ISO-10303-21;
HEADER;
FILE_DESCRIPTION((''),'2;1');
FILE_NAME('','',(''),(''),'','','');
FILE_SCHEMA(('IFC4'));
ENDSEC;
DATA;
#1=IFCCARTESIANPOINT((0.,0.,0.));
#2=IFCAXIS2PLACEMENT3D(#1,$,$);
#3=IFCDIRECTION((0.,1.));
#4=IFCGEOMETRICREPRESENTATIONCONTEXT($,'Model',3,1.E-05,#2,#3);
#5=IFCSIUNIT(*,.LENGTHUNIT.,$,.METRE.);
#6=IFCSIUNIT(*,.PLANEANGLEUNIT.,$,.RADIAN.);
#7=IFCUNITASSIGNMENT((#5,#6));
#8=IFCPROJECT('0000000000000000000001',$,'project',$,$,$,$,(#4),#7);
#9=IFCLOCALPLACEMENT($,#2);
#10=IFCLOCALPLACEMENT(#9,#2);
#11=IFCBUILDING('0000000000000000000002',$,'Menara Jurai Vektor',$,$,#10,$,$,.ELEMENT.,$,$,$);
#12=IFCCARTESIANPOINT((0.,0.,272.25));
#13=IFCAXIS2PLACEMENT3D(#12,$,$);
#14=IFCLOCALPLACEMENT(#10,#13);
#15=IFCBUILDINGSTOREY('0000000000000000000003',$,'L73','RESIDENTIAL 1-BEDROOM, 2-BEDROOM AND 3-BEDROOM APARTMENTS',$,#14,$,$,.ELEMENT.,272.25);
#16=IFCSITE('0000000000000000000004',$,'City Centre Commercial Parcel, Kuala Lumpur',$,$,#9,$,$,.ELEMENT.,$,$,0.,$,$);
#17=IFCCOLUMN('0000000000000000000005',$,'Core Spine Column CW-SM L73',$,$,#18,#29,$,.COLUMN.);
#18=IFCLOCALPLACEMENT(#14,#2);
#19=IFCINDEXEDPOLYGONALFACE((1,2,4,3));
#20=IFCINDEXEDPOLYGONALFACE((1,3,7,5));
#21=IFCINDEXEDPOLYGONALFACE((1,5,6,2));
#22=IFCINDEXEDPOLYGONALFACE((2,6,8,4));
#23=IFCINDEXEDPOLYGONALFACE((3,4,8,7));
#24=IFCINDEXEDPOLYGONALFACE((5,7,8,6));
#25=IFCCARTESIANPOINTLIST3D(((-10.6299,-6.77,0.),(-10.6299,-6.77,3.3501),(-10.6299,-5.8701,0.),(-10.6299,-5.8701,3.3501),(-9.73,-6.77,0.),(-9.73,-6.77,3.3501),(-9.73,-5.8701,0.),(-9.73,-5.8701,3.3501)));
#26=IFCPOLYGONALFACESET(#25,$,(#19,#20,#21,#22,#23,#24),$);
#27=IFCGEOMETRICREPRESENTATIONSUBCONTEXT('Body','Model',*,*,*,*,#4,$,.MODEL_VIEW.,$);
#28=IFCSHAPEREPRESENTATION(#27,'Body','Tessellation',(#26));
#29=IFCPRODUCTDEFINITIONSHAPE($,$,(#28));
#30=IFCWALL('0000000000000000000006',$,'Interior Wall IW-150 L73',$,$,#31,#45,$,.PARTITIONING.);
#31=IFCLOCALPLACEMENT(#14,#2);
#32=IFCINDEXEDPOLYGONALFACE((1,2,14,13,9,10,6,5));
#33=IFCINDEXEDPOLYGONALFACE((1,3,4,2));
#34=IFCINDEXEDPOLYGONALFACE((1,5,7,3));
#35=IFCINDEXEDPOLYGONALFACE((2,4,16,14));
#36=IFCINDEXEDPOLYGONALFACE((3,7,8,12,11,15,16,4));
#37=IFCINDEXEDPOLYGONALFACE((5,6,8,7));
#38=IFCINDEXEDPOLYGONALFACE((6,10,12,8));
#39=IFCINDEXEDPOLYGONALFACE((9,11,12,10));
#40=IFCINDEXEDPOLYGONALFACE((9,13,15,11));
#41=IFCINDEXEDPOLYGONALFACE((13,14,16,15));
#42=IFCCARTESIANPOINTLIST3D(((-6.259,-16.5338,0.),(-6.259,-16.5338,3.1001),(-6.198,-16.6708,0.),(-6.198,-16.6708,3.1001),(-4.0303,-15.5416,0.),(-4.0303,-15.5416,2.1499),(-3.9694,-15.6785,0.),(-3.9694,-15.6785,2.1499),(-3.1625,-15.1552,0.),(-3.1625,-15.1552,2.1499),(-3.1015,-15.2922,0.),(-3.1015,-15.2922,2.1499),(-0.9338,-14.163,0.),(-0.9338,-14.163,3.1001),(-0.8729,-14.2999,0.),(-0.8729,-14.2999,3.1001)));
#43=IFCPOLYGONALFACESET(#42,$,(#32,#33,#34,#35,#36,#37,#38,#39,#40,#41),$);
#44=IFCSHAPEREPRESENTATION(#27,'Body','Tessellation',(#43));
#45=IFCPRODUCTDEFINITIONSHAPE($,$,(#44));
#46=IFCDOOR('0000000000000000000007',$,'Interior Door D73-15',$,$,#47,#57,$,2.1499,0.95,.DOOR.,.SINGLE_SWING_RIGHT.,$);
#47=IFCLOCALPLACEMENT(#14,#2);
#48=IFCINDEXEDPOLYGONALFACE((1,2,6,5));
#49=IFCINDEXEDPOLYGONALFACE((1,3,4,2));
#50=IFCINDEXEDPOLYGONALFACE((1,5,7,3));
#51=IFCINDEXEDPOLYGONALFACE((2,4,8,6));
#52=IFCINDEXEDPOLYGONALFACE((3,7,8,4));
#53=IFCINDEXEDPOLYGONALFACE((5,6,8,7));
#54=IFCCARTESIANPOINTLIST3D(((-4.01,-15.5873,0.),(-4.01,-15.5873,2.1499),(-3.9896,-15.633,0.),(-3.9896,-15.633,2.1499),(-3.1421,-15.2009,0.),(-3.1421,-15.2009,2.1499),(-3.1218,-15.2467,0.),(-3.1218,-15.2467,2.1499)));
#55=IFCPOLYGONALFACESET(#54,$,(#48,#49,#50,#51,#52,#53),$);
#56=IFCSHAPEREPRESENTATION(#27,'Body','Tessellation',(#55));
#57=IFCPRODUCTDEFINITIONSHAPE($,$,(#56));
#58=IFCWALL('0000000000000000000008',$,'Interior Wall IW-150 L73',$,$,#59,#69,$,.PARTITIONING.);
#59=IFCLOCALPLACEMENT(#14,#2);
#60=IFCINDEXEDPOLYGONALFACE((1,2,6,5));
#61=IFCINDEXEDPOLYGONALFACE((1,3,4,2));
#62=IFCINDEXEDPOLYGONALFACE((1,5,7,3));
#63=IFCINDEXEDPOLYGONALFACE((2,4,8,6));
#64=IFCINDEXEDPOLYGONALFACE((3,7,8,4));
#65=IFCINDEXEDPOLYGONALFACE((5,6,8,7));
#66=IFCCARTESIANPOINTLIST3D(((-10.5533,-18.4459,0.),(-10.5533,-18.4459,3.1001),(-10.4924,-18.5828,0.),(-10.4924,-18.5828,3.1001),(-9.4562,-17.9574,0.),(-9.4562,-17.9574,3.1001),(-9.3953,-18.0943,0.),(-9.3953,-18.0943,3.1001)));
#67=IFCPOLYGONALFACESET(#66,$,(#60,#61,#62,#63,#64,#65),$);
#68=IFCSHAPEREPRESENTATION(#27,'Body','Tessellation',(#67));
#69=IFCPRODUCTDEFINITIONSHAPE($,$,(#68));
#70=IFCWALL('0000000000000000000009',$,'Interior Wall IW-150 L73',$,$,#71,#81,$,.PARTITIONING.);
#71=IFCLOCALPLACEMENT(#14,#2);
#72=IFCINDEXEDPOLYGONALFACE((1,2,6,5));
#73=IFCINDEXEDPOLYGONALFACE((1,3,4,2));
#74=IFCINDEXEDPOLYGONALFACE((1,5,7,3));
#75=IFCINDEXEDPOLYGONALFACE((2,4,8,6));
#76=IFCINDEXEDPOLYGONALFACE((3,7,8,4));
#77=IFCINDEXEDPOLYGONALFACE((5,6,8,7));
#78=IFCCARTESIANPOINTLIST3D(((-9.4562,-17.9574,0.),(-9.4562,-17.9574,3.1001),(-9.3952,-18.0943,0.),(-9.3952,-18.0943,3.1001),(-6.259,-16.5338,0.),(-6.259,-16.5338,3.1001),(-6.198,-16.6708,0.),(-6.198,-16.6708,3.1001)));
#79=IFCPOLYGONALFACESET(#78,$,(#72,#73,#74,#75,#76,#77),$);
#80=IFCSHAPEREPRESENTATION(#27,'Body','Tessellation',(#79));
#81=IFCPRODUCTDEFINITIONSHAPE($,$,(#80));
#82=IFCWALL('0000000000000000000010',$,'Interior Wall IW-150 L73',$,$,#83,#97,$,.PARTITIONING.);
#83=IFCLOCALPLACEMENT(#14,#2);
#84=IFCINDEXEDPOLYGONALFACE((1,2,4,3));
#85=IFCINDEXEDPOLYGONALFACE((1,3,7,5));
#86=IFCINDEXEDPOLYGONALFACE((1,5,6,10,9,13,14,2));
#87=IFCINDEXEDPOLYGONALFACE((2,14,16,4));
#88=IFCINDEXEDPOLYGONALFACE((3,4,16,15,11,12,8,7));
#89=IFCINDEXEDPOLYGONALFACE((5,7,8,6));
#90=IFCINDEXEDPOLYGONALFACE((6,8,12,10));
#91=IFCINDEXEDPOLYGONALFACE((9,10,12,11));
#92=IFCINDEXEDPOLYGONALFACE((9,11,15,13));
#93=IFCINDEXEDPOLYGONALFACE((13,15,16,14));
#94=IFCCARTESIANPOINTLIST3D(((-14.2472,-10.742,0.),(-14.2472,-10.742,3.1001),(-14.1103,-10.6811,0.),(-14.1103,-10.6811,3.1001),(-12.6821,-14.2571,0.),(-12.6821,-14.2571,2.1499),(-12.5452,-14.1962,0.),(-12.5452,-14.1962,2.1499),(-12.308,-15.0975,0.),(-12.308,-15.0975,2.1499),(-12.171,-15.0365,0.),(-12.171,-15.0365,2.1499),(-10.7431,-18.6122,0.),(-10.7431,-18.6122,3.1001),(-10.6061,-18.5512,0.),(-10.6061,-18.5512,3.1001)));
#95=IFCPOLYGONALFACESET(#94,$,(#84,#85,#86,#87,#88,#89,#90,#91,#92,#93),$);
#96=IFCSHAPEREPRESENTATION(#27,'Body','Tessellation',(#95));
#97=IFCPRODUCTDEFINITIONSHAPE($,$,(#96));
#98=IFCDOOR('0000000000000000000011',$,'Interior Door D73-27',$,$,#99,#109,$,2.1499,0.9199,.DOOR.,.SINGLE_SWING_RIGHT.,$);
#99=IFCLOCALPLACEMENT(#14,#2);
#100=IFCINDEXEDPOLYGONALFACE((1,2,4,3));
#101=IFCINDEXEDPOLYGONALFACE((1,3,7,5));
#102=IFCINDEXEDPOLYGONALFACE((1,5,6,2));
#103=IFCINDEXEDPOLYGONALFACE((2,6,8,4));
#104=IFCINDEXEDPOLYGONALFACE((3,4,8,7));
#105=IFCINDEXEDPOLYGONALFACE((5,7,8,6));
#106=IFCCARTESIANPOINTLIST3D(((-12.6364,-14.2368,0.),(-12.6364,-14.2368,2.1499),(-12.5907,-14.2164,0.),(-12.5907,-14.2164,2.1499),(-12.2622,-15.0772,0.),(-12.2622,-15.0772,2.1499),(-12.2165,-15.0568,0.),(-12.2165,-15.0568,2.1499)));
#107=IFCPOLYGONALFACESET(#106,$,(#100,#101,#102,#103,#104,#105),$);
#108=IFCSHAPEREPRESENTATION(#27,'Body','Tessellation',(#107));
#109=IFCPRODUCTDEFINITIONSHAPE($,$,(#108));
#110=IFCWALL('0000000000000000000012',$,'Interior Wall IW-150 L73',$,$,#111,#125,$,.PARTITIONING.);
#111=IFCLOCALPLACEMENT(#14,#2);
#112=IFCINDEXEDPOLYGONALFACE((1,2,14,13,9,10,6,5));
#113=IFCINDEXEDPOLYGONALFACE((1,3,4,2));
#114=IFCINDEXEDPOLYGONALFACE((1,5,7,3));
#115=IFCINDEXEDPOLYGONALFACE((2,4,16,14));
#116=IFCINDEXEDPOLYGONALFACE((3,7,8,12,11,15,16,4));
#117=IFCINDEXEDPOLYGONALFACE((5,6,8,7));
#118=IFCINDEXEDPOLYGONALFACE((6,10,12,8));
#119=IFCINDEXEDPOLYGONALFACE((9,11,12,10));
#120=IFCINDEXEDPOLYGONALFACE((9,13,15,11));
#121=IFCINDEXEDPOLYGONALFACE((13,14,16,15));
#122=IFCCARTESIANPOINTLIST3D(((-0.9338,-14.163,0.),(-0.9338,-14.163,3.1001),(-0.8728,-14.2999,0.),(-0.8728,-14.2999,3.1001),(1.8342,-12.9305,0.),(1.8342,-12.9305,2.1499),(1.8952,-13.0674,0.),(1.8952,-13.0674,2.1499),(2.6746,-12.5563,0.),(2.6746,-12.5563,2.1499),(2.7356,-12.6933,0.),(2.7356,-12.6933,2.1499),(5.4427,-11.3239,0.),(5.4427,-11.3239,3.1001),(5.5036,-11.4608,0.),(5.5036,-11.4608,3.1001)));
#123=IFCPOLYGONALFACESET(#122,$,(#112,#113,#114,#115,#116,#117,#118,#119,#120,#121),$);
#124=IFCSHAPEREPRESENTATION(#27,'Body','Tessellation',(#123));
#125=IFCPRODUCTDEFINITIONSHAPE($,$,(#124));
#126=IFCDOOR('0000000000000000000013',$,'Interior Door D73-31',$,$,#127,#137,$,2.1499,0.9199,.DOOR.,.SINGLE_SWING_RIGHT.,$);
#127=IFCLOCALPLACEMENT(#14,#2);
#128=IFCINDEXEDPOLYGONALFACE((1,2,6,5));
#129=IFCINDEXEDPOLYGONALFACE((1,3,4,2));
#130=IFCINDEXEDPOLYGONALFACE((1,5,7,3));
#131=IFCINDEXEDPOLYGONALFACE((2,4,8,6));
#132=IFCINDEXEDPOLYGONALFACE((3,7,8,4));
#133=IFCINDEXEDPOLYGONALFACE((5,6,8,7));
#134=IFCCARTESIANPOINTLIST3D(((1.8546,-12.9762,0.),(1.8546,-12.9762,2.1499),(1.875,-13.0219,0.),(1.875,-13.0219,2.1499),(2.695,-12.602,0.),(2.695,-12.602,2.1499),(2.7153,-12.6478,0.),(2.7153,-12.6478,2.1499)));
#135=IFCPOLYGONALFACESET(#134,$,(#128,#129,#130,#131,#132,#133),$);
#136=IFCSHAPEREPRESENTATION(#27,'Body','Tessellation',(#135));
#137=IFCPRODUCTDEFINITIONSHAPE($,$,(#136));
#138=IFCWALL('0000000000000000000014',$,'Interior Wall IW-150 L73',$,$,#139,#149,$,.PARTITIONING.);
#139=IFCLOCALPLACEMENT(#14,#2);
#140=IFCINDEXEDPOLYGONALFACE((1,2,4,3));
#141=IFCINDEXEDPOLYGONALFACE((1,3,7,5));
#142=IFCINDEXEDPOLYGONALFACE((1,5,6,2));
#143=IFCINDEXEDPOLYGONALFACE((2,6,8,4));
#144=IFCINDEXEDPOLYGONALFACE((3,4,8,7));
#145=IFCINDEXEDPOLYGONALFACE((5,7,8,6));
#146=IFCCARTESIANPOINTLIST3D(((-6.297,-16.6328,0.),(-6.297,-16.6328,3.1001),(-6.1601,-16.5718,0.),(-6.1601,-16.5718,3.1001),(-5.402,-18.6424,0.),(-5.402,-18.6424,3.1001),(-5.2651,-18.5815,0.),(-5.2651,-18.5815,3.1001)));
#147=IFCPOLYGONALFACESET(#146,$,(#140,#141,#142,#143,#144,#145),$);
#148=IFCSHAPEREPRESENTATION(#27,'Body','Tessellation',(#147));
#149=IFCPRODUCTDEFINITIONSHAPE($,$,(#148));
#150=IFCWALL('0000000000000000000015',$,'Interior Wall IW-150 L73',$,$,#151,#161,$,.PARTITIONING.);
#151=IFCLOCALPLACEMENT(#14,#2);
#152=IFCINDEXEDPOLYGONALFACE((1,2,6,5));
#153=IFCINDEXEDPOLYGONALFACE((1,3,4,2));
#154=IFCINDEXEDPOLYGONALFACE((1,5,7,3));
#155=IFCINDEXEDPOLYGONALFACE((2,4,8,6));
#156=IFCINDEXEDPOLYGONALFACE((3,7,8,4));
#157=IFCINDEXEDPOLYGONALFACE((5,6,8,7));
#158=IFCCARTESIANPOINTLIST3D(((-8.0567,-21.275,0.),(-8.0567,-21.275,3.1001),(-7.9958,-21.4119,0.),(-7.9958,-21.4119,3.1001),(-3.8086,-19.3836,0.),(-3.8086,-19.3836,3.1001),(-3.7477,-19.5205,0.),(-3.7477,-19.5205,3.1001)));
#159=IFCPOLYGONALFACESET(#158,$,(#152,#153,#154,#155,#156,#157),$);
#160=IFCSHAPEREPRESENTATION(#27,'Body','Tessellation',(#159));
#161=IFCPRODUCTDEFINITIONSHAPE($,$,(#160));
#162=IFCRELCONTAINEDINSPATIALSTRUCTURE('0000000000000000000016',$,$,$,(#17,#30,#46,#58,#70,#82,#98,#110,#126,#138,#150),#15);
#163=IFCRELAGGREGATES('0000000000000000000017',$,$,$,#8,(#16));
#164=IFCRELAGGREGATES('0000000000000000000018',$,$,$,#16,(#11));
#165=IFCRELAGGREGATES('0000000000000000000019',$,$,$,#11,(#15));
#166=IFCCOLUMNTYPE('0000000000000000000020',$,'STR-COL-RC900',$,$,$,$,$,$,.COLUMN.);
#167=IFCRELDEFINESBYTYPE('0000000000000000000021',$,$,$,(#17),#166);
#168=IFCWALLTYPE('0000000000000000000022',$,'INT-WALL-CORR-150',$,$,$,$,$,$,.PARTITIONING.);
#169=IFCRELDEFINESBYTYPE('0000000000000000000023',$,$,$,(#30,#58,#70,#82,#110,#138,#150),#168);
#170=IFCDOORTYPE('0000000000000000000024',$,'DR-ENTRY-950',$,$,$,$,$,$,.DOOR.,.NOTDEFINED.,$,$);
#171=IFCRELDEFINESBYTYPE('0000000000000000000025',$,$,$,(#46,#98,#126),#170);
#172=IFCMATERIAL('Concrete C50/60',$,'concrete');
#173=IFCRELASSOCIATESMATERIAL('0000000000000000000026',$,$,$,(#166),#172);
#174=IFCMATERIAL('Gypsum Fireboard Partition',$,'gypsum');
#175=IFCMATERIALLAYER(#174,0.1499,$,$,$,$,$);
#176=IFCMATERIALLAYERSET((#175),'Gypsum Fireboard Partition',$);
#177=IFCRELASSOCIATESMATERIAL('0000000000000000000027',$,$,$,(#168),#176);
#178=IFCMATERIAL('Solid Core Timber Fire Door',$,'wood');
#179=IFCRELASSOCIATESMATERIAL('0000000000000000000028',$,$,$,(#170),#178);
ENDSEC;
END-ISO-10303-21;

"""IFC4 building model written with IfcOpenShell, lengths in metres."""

from ifc_helpers import new_model, si_unit, direction, frame, frame_2d, origin, origin_2d, place, context, subcontext, project, spatial, rectangle, extrude, material, layer, layer_set, material_profile, profile_set, type_object, element, fill, save


model = new_model("IFC4")

# Units and contexts
model_context = context("Model", 3, precision=1e-05, world=origin(), true_north=direction((0.0, 1.0)))
body_context = subcontext(model_context, "Body", "Model", "MODEL_VIEW")
ifc_project = project(units=[si_unit("LENGTHUNIT", "METRE"), si_unit("PLANEANGLEUNIT", "RADIAN")], contexts=[model_context])

# Site, building, storey
site_placement = place(None, origin())
site = spatial("IfcSite", under=ifc_project, at=site_placement, Name="City Centre Commercial Parcel, Kuala Lumpur", CompositionType="ELEMENT", RefElevation=0.0)
building_placement = place(site_placement, origin())
building = spatial("IfcBuilding", under=site, at=building_placement, Name="Menara Jurai Vektor", CompositionType="ELEMENT")
storey_placement = place(building_placement, frame((0.0, 0.0, 272.25)))
storey = spatial("IfcBuildingStorey", under=building, at=storey_placement, Name="L73", Description="RESIDENTIAL 1-BEDROOM, 2-BEDROOM AND 3-BEDROOM APARTMENTS", CompositionType="ELEMENT", Elevation=272.25)

# Column
ifc_material_1 = material(Name="Concrete C50/60", Category="concrete")
ifc_material_profile = material_profile(ifc_material_1, rectangle(XDim=0.8999, YDim=0.8999, at=origin_2d()), Name="RC 900x900")
ifc_profile_set = profile_set([ifc_material_profile], Name="Concrete C50/60")
column_type = type_object("IfcColumnType", Name="STR-COL-RC900", PredefinedType="COLUMN", material=ifc_profile_set)
column_placement = place(storey_placement, frame((-10.1799, -6.3201, 0.0), z_axis=(0.0, 0.0, 1.0), x_axis=(1.0, 0.0, 0.0)))
element("IfcColumn", 1, at=column_placement, inside=storey, type_object=column_type, Name="Core Spine Column CW-SM L73", PredefinedType="COLUMN", context=body_context, shape_type="SweptSolid", body=[
    extrude(rectangle(XDim=0.8999, YDim=0.8999, at=origin_2d()), origin(), (0.0, 0.0, 1.0), 3.3501),
])

# Wall, opening, door
ifc_material_2 = material(Name="Gypsum Fireboard Partition", Category="gypsum")
ifc_layer_1 = layer(ifc_material_2, 0.1499)
ifc_layer_set_1 = layer_set([ifc_layer_1], Name="Gypsum Fireboard Partition")
wall_type_1 = type_object("IfcWallType", Name="INT-WALL-CORR-150", PredefinedType="PARTITIONING", material=ifc_layer_set_1)
wall_1_placement = place(storey_placement, frame((-6.2285, -16.6023, 0.0), z_axis=(0.0, 0.0, 1.0), x_axis=(0.913551, 0.406725, 0.0)))
wall_1 = element("IfcWall", 2, at=wall_1_placement, inside=storey, type_object=wall_type_1, Name="Interior Wall IW-150 L73", PredefinedType="PARTITIONING", context=body_context, shape_type="SweptSolid", body=[
    extrude(rectangle(XDim=5.8291, YDim=0.1499, at=frame_2d((2.9146, 0.0))), origin(), (0.0, 0.0, 1.0), 3.1001),
])
opening_1_placement = place(wall_1_placement, frame((2.4395, 0.0, 0.0)))
opening_1 = element("IfcOpeningElement", 3, at=opening_1_placement, cuts=wall_1, PredefinedType="OPENING", context=body_context, shape_type="SweptSolid", body=[
    extrude(rectangle(XDim=0.95, YDim=2.1499, at=frame_2d((0.4751, 1.075))), frame((0.0, 0.085, 0.0), z_axis=(0.0, -1.0, 0.0), x_axis=(1.0, 0.0, 0.0)), (0.0, 0.0, 1.0), 0.1699),
])
ifc_material_3 = material(Name="Solid Core Timber Fire Door", Category="wood")
door_type_1 = type_object("IfcDoorType", Name="DR-ENTRY-950", OperationType="NOTDEFINED", PredefinedType="DOOR", material=ifc_material_3)
door_1_placement = place(opening_1_placement, origin())
door_1 = element("IfcDoor", 4, at=door_1_placement, inside=storey, type_object=door_type_1, Name="Interior Door D73-15", OperationType="SINGLE_SWING_RIGHT", OverallHeight=2.1499, OverallWidth=0.95, PredefinedType="DOOR", context=body_context, shape_type="SweptSolid", body=[
    extrude(rectangle(XDim=0.95, YDim=2.1499, at=frame_2d((0.4751, 1.075))), frame((0.0, 0.0249, 0.0), z_axis=(0.0, -1.0, 0.0), x_axis=(1.0, 0.0, 0.0)), (0.0, 0.0, 1.0), 0.05),
])
fill(opening_1, door_1)

# Walls
wall_2_placement = place(storey_placement, frame((-10.5229, -18.5144, 0.0), z_axis=(0.0, 0.0, 1.0), x_axis=(0.913535, 0.406761, 0.0)))
element("IfcWall", 5, at=wall_2_placement, inside=storey, type_object=wall_type_1, Name="Interior Wall IW-150 L73", PredefinedType="PARTITIONING", context=body_context, shape_type="SweptSolid", body=[
    extrude(rectangle(XDim=1.2009, YDim=0.1499, at=frame_2d((0.6006, 0.0))), origin(), (0.0, 0.0, 1.0), 3.1001),
])
wall_3_placement = place(storey_placement, frame((-9.4258, -18.0259, 0.0), z_axis=(0.0, 0.0, 1.0), x_axis=(0.913538, 0.406753, 0.0)))
element("IfcWall", 6, at=wall_3_placement, inside=storey, type_object=wall_type_1, Name="Interior Wall IW-150 L73", PredefinedType="PARTITIONING", context=body_context, shape_type="SweptSolid", body=[
    extrude(rectangle(XDim=3.4998, YDim=0.1499, at=frame_2d((1.75, 0.0))), origin(), (0.0, 0.0, 1.0), 3.1001),
])

# Walls, openings, doors
wall_4_placement = place(storey_placement, frame((-10.6746, -18.5818, 0.0), z_axis=(0.0, 0.0, 1.0), x_axis=(-0.406751, 0.913539, 0.0)))
wall_4 = element("IfcWall", 7, at=wall_4_placement, inside=storey, type_object=wall_type_1, Name="Interior Wall IW-150 L73", PredefinedType="PARTITIONING", context=body_context, shape_type="SweptSolid", body=[
    extrude(rectangle(XDim=8.615, YDim=0.1499, at=frame_2d((4.3076, 0.0))), origin(), (0.0, 0.0, 1.0), 3.1001),
])
opening_2_placement = place(wall_4_placement, frame((3.8474, 0.0, 0.0)))
opening_2 = element("IfcOpeningElement", 8, at=opening_2_placement, cuts=wall_4, PredefinedType="OPENING", context=body_context, shape_type="SweptSolid", body=[
    extrude(rectangle(XDim=0.9199, YDim=2.1499, at=frame_2d((0.46, 1.075))), frame((0.0, 0.085, 0.0), z_axis=(0.0, -1.0, 0.0), x_axis=(1.0, 0.0, 0.0)), (0.0, 0.0, 1.0), 0.1699),
])
door_2_placement = place(opening_2_placement, origin())
door_2 = element("IfcDoor", 9, at=door_2_placement, inside=storey, type_object=door_type_1, Name="Interior Door D73-27", OperationType="SINGLE_SWING_RIGHT", OverallHeight=2.1499, OverallWidth=0.9199, PredefinedType="DOOR", context=body_context, shape_type="SweptSolid", body=[
    extrude(rectangle(XDim=0.9199, YDim=2.1499, at=frame_2d((0.46, 1.075))), frame((0.0, 0.0249, 0.0), z_axis=(0.0, -1.0, 0.0), x_axis=(1.0, 0.0, 0.0)), (0.0, 0.0, 1.0), 0.05),
])
fill(opening_2, door_2)
wall_5_placement = place(storey_placement, frame((-0.9033, -14.2314, 0.0), z_axis=(0.0, 0.0, 1.0), x_axis=(0.913539, 0.406752, 0.0)))
wall_5 = element("IfcWall", 10, at=wall_5_placement, inside=storey, type_object=wall_type_1, Name="Interior Wall IW-150 L73", PredefinedType="PARTITIONING", context=body_context, shape_type="SweptSolid", body=[
    extrude(rectangle(XDim=6.98, YDim=0.1499, at=frame_2d((3.49, 0.0))), origin(), (0.0, 0.0, 1.0), 3.1001),
])
opening_3_placement = place(wall_5_placement, frame((3.03, 0.0, 0.0)))
opening_3 = element("IfcOpeningElement", 11, at=opening_3_placement, cuts=wall_5, PredefinedType="OPENING", context=body_context, shape_type="SweptSolid", body=[
    extrude(rectangle(XDim=0.9199, YDim=2.1499, at=frame_2d((0.46, 1.075))), frame((0.0, 0.085, 0.0), z_axis=(0.0, -1.0, 0.0), x_axis=(1.0, 0.0, 0.0)), (0.0, 0.0, 1.0), 0.1699),
])
door_3_placement = place(opening_3_placement, origin())
door_3 = element("IfcDoor", 12, at=door_3_placement, inside=storey, type_object=door_type_1, Name="Interior Door D73-31", OperationType="SINGLE_SWING_RIGHT", OverallHeight=2.1499, OverallWidth=0.9199, PredefinedType="DOOR", context=body_context, shape_type="SweptSolid", body=[
    extrude(rectangle(XDim=0.9199, YDim=2.1499, at=frame_2d((0.46, 1.075))), frame((0.0, 0.0249, 0.0), z_axis=(0.0, -1.0, 0.0), x_axis=(1.0, 0.0, 0.0)), (0.0, 0.0, 1.0), 0.05),
])
fill(opening_3, door_3)

# Walls
wall_6_placement = place(storey_placement, frame((-5.3335, -18.6121, 0.0), z_axis=(0.0, 0.0, 1.0), x_axis=(-0.406818, 0.913509, 0.0)))
element("IfcWall", 13, at=wall_6_placement, inside=storey, type_object=wall_type_1, Name="Interior Wall IW-150 L73", PredefinedType="PARTITIONING", context=body_context, shape_type="SweptSolid", body=[
    extrude(rectangle(XDim=2.2, YDim=0.1499, at=frame_2d((1.1001, 0.0))), origin(), (0.0, 0.0, 1.0), 3.1001),
])
wall_7_placement = place(storey_placement, frame((-8.0264, -21.3435, 0.0), z_axis=(0.0, 0.0, 1.0), x_axis=(0.913545, 0.406738, 0.0)))
element("IfcWall", 14, at=wall_7_placement, inside=storey, type_object=wall_type_1, Name="Interior Wall IW-150 L73", PredefinedType="PARTITIONING", context=body_context, shape_type="SweptSolid", body=[
    extrude(rectangle(XDim=4.6501, YDim=0.1499, at=frame_2d((2.3252, 0.0))), origin(), (0.0, 0.0, 1.0), 3.1001),
])

save(model, "model.ifc")
